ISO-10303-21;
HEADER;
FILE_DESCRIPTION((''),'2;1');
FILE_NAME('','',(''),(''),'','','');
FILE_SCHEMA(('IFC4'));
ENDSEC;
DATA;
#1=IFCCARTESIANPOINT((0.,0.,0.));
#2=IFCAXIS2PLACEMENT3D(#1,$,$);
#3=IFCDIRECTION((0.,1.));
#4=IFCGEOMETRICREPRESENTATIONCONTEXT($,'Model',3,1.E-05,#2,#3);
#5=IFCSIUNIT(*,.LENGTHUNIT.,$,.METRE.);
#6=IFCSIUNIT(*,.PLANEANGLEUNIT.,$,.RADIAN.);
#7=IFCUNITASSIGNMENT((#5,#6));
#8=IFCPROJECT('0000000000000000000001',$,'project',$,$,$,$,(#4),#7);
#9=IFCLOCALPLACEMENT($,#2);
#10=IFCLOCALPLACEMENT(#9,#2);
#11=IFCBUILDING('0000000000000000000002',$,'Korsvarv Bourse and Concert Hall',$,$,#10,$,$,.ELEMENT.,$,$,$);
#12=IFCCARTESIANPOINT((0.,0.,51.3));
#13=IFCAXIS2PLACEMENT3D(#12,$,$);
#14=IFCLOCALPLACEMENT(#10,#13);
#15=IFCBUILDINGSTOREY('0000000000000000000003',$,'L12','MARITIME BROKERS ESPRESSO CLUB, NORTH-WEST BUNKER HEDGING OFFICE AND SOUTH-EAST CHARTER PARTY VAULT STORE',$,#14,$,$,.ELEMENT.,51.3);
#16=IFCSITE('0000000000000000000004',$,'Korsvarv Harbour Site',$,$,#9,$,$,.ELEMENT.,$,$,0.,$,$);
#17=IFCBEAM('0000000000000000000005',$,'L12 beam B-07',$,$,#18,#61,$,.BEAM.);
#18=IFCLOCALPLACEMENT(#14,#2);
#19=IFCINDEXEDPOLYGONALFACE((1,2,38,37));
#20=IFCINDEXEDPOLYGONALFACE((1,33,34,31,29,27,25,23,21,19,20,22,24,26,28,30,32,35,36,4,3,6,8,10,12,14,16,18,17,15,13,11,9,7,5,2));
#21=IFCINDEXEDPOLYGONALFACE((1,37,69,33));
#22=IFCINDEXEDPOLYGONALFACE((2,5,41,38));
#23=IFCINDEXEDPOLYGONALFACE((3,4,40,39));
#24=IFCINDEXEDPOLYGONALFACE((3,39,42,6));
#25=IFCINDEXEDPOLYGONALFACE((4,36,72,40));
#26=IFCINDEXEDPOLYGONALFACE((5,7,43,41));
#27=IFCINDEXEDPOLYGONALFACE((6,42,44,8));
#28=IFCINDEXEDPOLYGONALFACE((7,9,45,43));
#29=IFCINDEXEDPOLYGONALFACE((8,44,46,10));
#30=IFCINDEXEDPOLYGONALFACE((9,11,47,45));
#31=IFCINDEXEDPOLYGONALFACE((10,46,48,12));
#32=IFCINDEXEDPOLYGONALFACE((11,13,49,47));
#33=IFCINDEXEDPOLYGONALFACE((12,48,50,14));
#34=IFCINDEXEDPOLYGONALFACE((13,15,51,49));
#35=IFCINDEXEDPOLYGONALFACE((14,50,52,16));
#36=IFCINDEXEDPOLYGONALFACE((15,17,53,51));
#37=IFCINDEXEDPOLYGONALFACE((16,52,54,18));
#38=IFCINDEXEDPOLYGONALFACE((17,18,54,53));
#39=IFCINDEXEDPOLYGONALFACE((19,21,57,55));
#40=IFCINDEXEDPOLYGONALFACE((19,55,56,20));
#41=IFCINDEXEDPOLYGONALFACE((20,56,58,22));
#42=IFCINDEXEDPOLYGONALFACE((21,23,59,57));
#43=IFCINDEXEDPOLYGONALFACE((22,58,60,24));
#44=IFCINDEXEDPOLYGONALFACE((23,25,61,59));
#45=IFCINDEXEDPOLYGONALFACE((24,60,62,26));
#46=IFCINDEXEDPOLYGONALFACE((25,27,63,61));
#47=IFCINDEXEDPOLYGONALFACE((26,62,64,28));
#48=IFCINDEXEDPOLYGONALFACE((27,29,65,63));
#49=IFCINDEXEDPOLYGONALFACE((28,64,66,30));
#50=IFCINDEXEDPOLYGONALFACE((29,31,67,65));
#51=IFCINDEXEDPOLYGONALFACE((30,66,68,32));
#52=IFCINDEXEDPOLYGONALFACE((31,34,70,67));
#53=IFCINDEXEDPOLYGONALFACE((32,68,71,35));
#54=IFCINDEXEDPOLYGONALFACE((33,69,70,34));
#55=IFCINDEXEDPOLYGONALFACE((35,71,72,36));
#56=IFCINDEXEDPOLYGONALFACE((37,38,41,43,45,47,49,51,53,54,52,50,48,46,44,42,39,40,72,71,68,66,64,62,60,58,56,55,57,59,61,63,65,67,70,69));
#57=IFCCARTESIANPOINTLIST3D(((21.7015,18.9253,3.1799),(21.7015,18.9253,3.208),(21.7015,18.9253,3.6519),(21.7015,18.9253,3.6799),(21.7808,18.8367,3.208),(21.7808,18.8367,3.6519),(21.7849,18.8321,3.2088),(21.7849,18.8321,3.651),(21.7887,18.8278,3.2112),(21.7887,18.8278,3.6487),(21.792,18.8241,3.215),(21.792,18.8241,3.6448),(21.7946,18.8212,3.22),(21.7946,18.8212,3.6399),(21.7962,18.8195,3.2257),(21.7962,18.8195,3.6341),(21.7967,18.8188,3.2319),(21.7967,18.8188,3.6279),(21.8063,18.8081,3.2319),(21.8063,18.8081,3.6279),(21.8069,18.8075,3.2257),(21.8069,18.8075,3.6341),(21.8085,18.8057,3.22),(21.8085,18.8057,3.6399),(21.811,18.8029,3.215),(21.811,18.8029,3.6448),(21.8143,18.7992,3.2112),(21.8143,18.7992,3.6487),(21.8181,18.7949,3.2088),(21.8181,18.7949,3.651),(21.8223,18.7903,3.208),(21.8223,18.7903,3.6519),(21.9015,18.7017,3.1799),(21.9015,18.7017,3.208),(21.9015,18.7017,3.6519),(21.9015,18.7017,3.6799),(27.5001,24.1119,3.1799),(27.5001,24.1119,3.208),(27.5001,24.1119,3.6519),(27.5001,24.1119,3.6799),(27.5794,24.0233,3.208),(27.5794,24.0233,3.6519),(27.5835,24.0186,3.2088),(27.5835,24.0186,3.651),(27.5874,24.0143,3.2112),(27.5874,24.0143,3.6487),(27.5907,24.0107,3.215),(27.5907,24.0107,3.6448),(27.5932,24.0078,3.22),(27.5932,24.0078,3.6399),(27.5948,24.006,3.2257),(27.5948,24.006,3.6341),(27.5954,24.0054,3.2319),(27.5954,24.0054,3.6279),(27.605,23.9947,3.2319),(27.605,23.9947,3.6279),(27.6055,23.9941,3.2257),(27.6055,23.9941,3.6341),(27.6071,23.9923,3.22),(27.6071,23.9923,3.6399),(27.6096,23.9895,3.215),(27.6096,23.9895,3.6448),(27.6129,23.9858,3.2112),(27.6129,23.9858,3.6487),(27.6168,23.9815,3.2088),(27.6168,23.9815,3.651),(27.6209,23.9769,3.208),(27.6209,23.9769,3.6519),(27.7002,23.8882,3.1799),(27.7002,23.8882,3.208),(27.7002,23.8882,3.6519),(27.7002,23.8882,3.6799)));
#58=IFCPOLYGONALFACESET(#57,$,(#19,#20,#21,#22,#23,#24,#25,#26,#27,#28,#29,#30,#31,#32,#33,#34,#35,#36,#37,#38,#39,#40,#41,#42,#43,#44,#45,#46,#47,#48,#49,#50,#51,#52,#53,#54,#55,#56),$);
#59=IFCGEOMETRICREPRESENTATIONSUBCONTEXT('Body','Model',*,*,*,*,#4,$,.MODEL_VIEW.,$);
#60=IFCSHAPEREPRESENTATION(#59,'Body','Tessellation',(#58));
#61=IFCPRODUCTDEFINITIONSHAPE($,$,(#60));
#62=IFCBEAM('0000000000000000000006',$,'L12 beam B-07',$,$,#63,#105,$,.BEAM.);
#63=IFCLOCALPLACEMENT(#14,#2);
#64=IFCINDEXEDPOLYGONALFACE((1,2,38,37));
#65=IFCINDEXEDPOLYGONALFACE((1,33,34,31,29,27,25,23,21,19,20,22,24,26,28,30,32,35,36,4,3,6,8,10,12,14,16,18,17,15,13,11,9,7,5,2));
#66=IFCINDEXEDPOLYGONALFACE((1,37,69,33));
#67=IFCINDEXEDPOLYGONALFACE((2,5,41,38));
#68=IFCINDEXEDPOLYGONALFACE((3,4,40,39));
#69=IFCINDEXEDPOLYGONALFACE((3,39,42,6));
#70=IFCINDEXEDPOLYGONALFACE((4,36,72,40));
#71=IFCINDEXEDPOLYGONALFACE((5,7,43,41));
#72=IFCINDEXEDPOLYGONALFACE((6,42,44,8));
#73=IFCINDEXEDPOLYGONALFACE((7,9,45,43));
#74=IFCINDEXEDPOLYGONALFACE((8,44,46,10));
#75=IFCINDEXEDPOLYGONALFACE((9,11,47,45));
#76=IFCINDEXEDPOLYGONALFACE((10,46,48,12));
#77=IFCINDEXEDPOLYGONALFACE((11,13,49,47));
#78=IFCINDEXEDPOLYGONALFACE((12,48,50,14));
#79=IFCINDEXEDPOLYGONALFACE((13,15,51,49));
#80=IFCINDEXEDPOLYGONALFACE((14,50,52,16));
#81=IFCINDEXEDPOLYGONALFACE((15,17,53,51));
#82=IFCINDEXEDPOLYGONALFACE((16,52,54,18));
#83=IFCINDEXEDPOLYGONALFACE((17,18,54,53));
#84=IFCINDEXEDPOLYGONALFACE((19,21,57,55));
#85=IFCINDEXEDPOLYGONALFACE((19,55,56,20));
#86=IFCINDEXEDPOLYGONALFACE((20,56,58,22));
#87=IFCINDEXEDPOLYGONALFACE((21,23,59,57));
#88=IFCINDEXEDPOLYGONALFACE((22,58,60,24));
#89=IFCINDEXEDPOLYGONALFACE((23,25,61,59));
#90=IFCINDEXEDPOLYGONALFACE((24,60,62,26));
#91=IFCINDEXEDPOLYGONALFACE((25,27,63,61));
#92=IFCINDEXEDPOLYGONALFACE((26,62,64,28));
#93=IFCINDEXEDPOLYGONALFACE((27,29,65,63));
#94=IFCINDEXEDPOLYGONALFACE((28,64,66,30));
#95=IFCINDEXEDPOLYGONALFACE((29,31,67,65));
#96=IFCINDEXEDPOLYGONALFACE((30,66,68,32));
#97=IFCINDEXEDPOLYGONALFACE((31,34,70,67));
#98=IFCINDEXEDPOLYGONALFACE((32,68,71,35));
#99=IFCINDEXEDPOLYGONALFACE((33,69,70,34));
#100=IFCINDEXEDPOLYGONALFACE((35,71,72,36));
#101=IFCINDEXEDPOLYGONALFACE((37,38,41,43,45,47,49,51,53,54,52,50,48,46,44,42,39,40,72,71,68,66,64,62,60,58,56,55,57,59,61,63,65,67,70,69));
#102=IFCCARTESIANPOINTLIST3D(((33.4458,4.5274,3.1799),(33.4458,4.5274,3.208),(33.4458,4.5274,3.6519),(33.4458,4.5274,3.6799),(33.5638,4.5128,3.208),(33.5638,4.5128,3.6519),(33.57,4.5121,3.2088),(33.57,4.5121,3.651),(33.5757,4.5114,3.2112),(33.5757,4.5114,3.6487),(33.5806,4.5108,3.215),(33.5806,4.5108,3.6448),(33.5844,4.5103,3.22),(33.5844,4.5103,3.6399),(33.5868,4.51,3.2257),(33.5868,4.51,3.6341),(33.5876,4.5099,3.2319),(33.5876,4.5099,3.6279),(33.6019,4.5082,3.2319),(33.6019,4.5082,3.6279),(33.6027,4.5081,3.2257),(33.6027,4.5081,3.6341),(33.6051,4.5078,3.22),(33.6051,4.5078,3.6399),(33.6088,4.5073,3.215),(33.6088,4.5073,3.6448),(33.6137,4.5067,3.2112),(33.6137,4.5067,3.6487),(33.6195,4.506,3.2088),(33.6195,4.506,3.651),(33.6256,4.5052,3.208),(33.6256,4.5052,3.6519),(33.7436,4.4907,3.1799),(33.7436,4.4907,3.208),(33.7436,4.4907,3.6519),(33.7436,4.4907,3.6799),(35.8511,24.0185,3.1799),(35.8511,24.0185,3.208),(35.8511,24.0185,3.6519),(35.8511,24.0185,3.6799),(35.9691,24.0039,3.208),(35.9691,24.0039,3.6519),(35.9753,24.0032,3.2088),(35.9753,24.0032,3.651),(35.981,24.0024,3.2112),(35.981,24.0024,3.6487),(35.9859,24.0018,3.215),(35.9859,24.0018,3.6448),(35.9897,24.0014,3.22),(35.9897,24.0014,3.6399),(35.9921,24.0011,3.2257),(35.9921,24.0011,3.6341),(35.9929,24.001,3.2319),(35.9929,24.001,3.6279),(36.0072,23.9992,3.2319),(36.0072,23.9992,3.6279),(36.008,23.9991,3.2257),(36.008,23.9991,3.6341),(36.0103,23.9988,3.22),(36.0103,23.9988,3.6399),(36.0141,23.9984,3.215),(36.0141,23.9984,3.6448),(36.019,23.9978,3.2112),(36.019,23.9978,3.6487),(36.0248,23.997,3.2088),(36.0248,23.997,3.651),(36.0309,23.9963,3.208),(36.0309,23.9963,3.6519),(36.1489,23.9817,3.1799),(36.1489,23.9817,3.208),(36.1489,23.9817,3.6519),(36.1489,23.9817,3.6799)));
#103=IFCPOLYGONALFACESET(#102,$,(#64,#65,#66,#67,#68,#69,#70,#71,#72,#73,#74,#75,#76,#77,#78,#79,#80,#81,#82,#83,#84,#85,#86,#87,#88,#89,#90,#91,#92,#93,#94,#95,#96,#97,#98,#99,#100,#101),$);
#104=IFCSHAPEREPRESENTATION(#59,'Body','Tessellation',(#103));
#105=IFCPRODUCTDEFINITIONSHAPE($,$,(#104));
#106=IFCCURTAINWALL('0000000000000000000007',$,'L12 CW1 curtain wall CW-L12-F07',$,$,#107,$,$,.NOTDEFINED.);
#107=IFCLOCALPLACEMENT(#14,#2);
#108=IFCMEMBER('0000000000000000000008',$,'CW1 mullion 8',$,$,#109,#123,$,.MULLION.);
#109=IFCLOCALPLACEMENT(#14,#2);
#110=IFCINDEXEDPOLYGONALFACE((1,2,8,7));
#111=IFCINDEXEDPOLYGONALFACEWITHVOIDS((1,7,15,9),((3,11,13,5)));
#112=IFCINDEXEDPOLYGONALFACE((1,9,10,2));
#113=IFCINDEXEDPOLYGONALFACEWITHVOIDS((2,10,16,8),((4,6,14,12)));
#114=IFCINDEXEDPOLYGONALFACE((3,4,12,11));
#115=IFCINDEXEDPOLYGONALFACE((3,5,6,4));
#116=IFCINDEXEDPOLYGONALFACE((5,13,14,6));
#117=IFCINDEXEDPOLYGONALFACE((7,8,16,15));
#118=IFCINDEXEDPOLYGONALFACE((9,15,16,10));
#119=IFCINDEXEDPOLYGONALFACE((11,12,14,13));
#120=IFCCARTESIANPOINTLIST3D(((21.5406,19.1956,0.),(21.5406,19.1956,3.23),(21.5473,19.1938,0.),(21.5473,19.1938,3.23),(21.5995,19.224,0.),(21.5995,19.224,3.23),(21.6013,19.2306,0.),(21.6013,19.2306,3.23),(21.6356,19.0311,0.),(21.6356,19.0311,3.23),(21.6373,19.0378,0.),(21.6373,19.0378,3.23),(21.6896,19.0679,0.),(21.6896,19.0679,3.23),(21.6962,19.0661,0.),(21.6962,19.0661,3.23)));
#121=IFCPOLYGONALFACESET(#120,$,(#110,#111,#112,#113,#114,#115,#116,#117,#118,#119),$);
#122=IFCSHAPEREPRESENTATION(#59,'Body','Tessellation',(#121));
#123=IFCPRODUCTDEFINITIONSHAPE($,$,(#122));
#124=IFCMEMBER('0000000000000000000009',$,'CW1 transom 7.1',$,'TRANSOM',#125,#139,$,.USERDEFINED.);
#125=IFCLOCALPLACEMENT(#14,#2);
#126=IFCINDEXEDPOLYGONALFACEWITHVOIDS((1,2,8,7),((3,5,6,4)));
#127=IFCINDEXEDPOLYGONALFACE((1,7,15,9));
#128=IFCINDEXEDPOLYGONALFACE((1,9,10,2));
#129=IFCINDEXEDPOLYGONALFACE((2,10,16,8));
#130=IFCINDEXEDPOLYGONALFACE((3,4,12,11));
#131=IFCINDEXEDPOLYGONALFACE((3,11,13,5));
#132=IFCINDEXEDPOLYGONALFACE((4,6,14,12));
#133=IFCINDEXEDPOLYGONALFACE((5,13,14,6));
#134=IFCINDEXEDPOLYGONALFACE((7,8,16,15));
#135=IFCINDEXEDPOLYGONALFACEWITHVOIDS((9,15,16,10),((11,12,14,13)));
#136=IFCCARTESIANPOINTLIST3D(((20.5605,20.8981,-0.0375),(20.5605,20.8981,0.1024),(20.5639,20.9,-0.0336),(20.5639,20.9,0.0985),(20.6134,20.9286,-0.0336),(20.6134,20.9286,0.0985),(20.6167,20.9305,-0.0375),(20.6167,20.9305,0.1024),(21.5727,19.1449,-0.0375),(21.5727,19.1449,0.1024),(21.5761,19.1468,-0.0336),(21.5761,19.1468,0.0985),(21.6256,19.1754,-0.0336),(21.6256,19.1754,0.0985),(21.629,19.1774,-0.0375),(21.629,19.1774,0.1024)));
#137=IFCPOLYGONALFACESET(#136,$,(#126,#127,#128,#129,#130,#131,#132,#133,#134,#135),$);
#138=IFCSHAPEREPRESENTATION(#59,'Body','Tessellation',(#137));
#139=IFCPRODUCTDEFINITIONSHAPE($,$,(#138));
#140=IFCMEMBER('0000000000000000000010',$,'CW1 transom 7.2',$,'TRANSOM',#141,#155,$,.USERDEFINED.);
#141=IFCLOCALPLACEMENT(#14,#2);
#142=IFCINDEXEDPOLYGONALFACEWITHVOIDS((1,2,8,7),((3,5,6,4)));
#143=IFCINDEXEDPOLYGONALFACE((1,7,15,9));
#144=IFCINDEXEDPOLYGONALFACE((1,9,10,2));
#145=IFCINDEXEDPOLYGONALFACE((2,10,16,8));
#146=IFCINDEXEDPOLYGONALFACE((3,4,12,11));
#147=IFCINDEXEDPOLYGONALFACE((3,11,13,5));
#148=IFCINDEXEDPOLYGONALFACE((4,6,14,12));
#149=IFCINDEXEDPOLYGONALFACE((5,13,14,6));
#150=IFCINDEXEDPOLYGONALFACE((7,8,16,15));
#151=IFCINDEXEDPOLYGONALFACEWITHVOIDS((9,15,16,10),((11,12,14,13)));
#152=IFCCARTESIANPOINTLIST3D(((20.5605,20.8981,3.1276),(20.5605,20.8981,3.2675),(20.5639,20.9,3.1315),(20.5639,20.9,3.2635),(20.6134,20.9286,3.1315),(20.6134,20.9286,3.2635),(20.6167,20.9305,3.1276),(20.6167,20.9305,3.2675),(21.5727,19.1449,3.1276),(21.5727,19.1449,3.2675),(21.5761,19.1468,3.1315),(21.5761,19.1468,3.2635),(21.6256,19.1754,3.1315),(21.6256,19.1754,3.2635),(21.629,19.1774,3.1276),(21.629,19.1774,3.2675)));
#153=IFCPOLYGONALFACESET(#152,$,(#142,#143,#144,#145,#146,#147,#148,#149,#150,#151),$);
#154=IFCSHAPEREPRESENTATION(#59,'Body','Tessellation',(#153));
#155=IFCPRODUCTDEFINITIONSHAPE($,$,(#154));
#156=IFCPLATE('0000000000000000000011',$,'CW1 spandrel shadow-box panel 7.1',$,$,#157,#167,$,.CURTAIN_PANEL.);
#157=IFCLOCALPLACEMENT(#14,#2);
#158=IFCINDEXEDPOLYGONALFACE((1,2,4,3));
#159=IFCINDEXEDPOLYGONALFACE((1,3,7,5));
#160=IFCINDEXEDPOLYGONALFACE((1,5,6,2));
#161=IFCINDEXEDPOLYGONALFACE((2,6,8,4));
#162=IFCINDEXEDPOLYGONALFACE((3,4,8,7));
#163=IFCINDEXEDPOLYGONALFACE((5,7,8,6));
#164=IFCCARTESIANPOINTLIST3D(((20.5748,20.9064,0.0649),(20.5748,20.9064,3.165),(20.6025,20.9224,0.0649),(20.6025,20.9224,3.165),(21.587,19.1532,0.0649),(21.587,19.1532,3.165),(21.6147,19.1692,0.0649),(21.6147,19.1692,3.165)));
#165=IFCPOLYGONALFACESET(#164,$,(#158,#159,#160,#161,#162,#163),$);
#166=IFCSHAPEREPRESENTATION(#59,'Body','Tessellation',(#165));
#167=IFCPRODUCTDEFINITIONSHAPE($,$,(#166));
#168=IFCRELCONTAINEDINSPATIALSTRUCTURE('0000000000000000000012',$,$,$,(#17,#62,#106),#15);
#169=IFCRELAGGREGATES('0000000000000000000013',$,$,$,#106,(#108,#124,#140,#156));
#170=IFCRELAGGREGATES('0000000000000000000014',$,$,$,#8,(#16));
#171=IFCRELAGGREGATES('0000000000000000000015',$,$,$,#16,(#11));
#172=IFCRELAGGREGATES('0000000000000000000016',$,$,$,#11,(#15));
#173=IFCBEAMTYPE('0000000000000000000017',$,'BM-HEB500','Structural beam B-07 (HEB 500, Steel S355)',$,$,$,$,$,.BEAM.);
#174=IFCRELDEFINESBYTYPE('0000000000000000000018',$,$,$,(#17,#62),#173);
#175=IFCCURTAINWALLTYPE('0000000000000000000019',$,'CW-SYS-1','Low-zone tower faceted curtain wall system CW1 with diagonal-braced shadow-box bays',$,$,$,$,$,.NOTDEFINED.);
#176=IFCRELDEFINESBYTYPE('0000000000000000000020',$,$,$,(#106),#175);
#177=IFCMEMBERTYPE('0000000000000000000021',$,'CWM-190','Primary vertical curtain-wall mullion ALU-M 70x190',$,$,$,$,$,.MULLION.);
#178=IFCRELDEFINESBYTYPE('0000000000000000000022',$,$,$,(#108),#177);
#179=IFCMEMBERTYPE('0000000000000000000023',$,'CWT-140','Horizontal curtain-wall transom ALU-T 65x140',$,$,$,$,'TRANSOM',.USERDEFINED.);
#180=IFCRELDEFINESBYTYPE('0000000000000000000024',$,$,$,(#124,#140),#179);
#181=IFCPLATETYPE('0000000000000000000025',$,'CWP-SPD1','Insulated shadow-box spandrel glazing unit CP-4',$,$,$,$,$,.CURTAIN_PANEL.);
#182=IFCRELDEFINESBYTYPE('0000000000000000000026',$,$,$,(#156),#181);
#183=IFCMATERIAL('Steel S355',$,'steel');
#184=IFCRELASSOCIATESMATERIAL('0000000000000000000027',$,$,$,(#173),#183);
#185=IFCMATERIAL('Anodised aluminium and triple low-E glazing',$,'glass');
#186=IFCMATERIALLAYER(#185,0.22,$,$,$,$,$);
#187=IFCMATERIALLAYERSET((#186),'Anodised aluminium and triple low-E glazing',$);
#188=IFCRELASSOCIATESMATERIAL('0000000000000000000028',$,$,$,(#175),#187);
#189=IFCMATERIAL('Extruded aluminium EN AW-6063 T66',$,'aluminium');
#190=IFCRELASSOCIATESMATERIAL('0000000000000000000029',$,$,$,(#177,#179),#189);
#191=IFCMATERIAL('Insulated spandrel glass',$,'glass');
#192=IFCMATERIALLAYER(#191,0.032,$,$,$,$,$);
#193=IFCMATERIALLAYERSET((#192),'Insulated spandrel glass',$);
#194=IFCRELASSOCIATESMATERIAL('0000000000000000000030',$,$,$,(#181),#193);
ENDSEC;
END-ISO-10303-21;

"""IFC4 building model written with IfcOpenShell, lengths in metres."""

from ifc_helpers import new_model, si_unit, direction, frame, origin, origin_2d, place, context, subcontext, project, spatial, rectangle, hollow_rectangle, i_section, extrude, source, transform, mapped, material, layer, layer_set, material_profile, profile_set, type_object, element, aggregate, save


model = new_model("IFC4")

# Units and contexts
model_context = context("Model", 3, precision=1e-05, world=origin(), true_north=direction((0.0, 1.0)))
body_context = subcontext(model_context, "Body", "Model", "MODEL_VIEW")
ifc_project = project(units=[si_unit("LENGTHUNIT", "METRE"), si_unit("PLANEANGLEUNIT", "RADIAN")], contexts=[model_context])

# Site, building, storey
site_placement = place(None, origin())
site = spatial("IfcSite", under=ifc_project, at=site_placement, Name="Korsvarv Harbour Site", CompositionType="ELEMENT", RefElevation=0.0)
building_placement = place(site_placement, origin())
building = spatial("IfcBuilding", under=site, at=building_placement, Name="Korsvarv Bourse and Concert Hall", CompositionType="ELEMENT")
storey_placement = place(building_placement, frame((0.0, 0.0, 51.3)))
storey = spatial("IfcBuildingStorey", under=building, at=storey_placement, Name="L12", Description="MARITIME BROKERS ESPRESSO CLUB, NORTH-WEST BUNKER HEDGING OFFICE AND SOUTH-EAST CHARTER PARTY VAULT STORE", CompositionType="ELEMENT", Elevation=51.3)

# Beams
ifc_material_1 = material(Name="Steel S355", Category="steel")
ifc_material_profile_1 = material_profile(ifc_material_1, i_section(OverallWidth=0.3, OverallDepth=0.5, WebThickness=0.0144, FlangeThickness=0.0281, FilletRadius=0.0239, at=origin_2d()), Name="HEB 500")
ifc_profile_set_1 = profile_set([ifc_material_profile_1], Name="Steel S355")
beam_type_1 = type_object("IfcBeamType", Name="BM-HEB500", Description="Structural beam B-07 (HEB 500, Steel S355)", PredefinedType="BEAM", material=ifc_profile_set_1)
shared_shape_1 = source(origin(), body_context, "Body", "SweptSolid", [
    extrude(i_section(OverallWidth=0.3, OverallDepth=0.5, WebThickness=0.0144, FlangeThickness=0.0281, FilletRadius=0.0239, at=origin_2d()), origin(), (0.0, 0.0, 1.0), 7.7798),
])
beam_1_placement = place(storey_placement, frame((21.8015, 18.8135, 3.4299), z_axis=(0.745349, 0.666675, 0.0), x_axis=(-0.666675, 0.745349, 0.0)))
element("IfcBeam", 1, at=beam_1_placement, inside=storey, type_object=beam_type_1, Name="L12 beam B-07", PredefinedType="BEAM", context=body_context, shape_type="MappedRepresentation", body=[
    mapped(shared_shape_1, transform((0.0, 0.0, 0.0), scale=1.0)),
])
shared_shape_2 = source(origin(), body_context, "Body", "SweptSolid", [
    extrude(i_section(OverallWidth=0.3, OverallDepth=0.5, WebThickness=0.0144, FlangeThickness=0.0281, FilletRadius=0.0239, at=origin_2d()), origin(), (0.0, 0.0, 1.0), 19.6389),
])
beam_2_placement = place(storey_placement, frame((33.5947, 4.509, 3.4299), z_axis=(0.122475, 0.992472, 0.0), x_axis=(-0.992472, 0.122475, 0.0)))
element("IfcBeam", 2, at=beam_2_placement, inside=storey, type_object=beam_type_1, Name="L12 beam B-07", PredefinedType="BEAM", context=body_context, shape_type="MappedRepresentation", body=[
    mapped(shared_shape_2, transform((0.0, 0.0, 0.0), scale=1.0)),
])

# Curtain wall, members, plate
ifc_material_2 = material(Name="Anodised aluminium and triple low-E glazing", Category="glass")
ifc_layer_1 = layer(ifc_material_2, 0.22)
ifc_layer_set_1 = layer_set([ifc_layer_1], Name="Anodised aluminium and triple low-E glazing")
curtain_wall_type = type_object("IfcCurtainWallType", Name="CW-SYS-1", Description="Low-zone tower faceted curtain wall system CW1 with diagonal-braced shadow-box bays", PredefinedType="NOTDEFINED", material=ifc_layer_set_1)
curtain_wall_placement = place(storey_placement, origin())
curtain_wall = element("IfcCurtainWall", 3, at=curtain_wall_placement, inside=storey, type_object=curtain_wall_type, Name="L12 CW1 curtain wall CW-L12-F07", PredefinedType="NOTDEFINED")
ifc_material_3 = material(Name="Extruded aluminium EN AW-6063 T66", Category="aluminium")
ifc_material_profile_2 = material_profile(ifc_material_3, hollow_rectangle(XDim=0.0701, YDim=0.1899, WallThickness=0.0049, at=origin_2d()), Name="ALU-M 70x190")
ifc_profile_set_2 = profile_set([ifc_material_profile_2], Name="Extruded aluminium EN AW-6063 T66")
member_type_1 = type_object("IfcMemberType", Name="CWM-190", Description="Primary vertical curtain-wall mullion ALU-M 70x190", PredefinedType="MULLION", material=ifc_profile_set_2)
shared_shape_3 = source(origin(), body_context, "Body", "SweptSolid", [
    extrude(hollow_rectangle(XDim=0.0701, YDim=0.1899, WallThickness=0.0049, at=origin_2d()), origin(), (0.0, 0.0, 1.0), 3.23),
])
member_1_placement = place(storey_placement, frame((21.6184, 19.1309, 0.0), z_axis=(0.0, 0.0, 1.0), x_axis=(0.866025, 0.5, 0.0)))
member_1 = element("IfcMember", 4, at=member_1_placement, type_object=member_type_1, Name="CW1 mullion 8", PredefinedType="MULLION", context=body_context, shape_type="MappedRepresentation", body=[
    mapped(shared_shape_3, transform((0.0, 0.0, 0.0), scale=1.0)),
])
ifc_material_profile_3 = material_profile(ifc_material_3, hollow_rectangle(XDim=0.0649, YDim=0.1399, WallThickness=0.0039, at=origin_2d()), Name="ALU-T 65x140")
ifc_profile_set_3 = profile_set([ifc_material_profile_3], Name="Extruded aluminium EN AW-6063 T66")
member_type_2 = type_object("IfcMemberType", Name="CWT-140", Description="Horizontal curtain-wall transom ALU-T 65x140", ElementType="TRANSOM", PredefinedType="USERDEFINED", material=ifc_profile_set_3)
shared_shape_4 = source(origin(), body_context, "Body", "SweptSolid", [
    extrude(hollow_rectangle(XDim=0.0649, YDim=0.1399, WallThickness=0.0039, at=origin_2d()), origin(), (0.0, 0.0, 1.0), 2.0244),
])
member_2_placement = place(storey_placement, frame((20.5886, 20.9143, 0.0325), z_axis=(0.500004, -0.866023, 0.0), x_axis=(0.866023, 0.500004, 0.0)))
member_2 = element("IfcMember", 5, at=member_2_placement, type_object=member_type_2, Name="CW1 transom 7.1", ObjectType="TRANSOM", PredefinedType="USERDEFINED", context=body_context, shape_type="MappedRepresentation", body=[
    mapped(shared_shape_4, transform((0.0, 0.0, 0.0), scale=1.0)),
])
member_3_placement = place(storey_placement, frame((20.5886, 20.9143, 3.1975), z_axis=(0.500004, -0.866023, 0.0), x_axis=(0.866023, 0.500004, 0.0)))
member_3 = element("IfcMember", 6, at=member_3_placement, type_object=member_type_2, Name="CW1 transom 7.2", ObjectType="TRANSOM", PredefinedType="USERDEFINED", context=body_context, shape_type="MappedRepresentation", body=[
    mapped(shared_shape_4, transform((0.0, 0.0, 0.0), scale=1.0)),
])
ifc_material_4 = material(Name="Insulated spandrel glass", Category="glass")
ifc_layer_2 = layer(ifc_material_4, 0.032)
ifc_layer_set_2 = layer_set([ifc_layer_2], Name="Insulated spandrel glass")
plate_type = type_object("IfcPlateType", Name="CWP-SPD1", Description="Insulated shadow-box spandrel glazing unit CP-4", PredefinedType="CURTAIN_PANEL", material=ifc_layer_set_2)
shared_shape_5 = source(origin(), body_context, "Body", "SweptSolid", [
    extrude(rectangle(XDim=2.0244, YDim=0.032, at=origin_2d()), origin(), (0.0, 0.0, 1.0), 3.1001),
])
plate_placement = place(storey_placement, frame((21.0947, 20.0378, 0.0649), z_axis=(0.0, 0.0, 1.0), x_axis=(0.5, -0.866025, 0.0)))
plate = element("IfcPlate", 7, at=plate_placement, type_object=plate_type, Name="CW1 spandrel shadow-box panel 7.1", PredefinedType="CURTAIN_PANEL", context=body_context, shape_type="MappedRepresentation", body=[
    mapped(shared_shape_5, transform((0.0, 0.0, 0.0), scale=1.0)),
])
aggregate(curtain_wall, [member_1, member_2, member_3, plate])

save(model, "model.ifc")
